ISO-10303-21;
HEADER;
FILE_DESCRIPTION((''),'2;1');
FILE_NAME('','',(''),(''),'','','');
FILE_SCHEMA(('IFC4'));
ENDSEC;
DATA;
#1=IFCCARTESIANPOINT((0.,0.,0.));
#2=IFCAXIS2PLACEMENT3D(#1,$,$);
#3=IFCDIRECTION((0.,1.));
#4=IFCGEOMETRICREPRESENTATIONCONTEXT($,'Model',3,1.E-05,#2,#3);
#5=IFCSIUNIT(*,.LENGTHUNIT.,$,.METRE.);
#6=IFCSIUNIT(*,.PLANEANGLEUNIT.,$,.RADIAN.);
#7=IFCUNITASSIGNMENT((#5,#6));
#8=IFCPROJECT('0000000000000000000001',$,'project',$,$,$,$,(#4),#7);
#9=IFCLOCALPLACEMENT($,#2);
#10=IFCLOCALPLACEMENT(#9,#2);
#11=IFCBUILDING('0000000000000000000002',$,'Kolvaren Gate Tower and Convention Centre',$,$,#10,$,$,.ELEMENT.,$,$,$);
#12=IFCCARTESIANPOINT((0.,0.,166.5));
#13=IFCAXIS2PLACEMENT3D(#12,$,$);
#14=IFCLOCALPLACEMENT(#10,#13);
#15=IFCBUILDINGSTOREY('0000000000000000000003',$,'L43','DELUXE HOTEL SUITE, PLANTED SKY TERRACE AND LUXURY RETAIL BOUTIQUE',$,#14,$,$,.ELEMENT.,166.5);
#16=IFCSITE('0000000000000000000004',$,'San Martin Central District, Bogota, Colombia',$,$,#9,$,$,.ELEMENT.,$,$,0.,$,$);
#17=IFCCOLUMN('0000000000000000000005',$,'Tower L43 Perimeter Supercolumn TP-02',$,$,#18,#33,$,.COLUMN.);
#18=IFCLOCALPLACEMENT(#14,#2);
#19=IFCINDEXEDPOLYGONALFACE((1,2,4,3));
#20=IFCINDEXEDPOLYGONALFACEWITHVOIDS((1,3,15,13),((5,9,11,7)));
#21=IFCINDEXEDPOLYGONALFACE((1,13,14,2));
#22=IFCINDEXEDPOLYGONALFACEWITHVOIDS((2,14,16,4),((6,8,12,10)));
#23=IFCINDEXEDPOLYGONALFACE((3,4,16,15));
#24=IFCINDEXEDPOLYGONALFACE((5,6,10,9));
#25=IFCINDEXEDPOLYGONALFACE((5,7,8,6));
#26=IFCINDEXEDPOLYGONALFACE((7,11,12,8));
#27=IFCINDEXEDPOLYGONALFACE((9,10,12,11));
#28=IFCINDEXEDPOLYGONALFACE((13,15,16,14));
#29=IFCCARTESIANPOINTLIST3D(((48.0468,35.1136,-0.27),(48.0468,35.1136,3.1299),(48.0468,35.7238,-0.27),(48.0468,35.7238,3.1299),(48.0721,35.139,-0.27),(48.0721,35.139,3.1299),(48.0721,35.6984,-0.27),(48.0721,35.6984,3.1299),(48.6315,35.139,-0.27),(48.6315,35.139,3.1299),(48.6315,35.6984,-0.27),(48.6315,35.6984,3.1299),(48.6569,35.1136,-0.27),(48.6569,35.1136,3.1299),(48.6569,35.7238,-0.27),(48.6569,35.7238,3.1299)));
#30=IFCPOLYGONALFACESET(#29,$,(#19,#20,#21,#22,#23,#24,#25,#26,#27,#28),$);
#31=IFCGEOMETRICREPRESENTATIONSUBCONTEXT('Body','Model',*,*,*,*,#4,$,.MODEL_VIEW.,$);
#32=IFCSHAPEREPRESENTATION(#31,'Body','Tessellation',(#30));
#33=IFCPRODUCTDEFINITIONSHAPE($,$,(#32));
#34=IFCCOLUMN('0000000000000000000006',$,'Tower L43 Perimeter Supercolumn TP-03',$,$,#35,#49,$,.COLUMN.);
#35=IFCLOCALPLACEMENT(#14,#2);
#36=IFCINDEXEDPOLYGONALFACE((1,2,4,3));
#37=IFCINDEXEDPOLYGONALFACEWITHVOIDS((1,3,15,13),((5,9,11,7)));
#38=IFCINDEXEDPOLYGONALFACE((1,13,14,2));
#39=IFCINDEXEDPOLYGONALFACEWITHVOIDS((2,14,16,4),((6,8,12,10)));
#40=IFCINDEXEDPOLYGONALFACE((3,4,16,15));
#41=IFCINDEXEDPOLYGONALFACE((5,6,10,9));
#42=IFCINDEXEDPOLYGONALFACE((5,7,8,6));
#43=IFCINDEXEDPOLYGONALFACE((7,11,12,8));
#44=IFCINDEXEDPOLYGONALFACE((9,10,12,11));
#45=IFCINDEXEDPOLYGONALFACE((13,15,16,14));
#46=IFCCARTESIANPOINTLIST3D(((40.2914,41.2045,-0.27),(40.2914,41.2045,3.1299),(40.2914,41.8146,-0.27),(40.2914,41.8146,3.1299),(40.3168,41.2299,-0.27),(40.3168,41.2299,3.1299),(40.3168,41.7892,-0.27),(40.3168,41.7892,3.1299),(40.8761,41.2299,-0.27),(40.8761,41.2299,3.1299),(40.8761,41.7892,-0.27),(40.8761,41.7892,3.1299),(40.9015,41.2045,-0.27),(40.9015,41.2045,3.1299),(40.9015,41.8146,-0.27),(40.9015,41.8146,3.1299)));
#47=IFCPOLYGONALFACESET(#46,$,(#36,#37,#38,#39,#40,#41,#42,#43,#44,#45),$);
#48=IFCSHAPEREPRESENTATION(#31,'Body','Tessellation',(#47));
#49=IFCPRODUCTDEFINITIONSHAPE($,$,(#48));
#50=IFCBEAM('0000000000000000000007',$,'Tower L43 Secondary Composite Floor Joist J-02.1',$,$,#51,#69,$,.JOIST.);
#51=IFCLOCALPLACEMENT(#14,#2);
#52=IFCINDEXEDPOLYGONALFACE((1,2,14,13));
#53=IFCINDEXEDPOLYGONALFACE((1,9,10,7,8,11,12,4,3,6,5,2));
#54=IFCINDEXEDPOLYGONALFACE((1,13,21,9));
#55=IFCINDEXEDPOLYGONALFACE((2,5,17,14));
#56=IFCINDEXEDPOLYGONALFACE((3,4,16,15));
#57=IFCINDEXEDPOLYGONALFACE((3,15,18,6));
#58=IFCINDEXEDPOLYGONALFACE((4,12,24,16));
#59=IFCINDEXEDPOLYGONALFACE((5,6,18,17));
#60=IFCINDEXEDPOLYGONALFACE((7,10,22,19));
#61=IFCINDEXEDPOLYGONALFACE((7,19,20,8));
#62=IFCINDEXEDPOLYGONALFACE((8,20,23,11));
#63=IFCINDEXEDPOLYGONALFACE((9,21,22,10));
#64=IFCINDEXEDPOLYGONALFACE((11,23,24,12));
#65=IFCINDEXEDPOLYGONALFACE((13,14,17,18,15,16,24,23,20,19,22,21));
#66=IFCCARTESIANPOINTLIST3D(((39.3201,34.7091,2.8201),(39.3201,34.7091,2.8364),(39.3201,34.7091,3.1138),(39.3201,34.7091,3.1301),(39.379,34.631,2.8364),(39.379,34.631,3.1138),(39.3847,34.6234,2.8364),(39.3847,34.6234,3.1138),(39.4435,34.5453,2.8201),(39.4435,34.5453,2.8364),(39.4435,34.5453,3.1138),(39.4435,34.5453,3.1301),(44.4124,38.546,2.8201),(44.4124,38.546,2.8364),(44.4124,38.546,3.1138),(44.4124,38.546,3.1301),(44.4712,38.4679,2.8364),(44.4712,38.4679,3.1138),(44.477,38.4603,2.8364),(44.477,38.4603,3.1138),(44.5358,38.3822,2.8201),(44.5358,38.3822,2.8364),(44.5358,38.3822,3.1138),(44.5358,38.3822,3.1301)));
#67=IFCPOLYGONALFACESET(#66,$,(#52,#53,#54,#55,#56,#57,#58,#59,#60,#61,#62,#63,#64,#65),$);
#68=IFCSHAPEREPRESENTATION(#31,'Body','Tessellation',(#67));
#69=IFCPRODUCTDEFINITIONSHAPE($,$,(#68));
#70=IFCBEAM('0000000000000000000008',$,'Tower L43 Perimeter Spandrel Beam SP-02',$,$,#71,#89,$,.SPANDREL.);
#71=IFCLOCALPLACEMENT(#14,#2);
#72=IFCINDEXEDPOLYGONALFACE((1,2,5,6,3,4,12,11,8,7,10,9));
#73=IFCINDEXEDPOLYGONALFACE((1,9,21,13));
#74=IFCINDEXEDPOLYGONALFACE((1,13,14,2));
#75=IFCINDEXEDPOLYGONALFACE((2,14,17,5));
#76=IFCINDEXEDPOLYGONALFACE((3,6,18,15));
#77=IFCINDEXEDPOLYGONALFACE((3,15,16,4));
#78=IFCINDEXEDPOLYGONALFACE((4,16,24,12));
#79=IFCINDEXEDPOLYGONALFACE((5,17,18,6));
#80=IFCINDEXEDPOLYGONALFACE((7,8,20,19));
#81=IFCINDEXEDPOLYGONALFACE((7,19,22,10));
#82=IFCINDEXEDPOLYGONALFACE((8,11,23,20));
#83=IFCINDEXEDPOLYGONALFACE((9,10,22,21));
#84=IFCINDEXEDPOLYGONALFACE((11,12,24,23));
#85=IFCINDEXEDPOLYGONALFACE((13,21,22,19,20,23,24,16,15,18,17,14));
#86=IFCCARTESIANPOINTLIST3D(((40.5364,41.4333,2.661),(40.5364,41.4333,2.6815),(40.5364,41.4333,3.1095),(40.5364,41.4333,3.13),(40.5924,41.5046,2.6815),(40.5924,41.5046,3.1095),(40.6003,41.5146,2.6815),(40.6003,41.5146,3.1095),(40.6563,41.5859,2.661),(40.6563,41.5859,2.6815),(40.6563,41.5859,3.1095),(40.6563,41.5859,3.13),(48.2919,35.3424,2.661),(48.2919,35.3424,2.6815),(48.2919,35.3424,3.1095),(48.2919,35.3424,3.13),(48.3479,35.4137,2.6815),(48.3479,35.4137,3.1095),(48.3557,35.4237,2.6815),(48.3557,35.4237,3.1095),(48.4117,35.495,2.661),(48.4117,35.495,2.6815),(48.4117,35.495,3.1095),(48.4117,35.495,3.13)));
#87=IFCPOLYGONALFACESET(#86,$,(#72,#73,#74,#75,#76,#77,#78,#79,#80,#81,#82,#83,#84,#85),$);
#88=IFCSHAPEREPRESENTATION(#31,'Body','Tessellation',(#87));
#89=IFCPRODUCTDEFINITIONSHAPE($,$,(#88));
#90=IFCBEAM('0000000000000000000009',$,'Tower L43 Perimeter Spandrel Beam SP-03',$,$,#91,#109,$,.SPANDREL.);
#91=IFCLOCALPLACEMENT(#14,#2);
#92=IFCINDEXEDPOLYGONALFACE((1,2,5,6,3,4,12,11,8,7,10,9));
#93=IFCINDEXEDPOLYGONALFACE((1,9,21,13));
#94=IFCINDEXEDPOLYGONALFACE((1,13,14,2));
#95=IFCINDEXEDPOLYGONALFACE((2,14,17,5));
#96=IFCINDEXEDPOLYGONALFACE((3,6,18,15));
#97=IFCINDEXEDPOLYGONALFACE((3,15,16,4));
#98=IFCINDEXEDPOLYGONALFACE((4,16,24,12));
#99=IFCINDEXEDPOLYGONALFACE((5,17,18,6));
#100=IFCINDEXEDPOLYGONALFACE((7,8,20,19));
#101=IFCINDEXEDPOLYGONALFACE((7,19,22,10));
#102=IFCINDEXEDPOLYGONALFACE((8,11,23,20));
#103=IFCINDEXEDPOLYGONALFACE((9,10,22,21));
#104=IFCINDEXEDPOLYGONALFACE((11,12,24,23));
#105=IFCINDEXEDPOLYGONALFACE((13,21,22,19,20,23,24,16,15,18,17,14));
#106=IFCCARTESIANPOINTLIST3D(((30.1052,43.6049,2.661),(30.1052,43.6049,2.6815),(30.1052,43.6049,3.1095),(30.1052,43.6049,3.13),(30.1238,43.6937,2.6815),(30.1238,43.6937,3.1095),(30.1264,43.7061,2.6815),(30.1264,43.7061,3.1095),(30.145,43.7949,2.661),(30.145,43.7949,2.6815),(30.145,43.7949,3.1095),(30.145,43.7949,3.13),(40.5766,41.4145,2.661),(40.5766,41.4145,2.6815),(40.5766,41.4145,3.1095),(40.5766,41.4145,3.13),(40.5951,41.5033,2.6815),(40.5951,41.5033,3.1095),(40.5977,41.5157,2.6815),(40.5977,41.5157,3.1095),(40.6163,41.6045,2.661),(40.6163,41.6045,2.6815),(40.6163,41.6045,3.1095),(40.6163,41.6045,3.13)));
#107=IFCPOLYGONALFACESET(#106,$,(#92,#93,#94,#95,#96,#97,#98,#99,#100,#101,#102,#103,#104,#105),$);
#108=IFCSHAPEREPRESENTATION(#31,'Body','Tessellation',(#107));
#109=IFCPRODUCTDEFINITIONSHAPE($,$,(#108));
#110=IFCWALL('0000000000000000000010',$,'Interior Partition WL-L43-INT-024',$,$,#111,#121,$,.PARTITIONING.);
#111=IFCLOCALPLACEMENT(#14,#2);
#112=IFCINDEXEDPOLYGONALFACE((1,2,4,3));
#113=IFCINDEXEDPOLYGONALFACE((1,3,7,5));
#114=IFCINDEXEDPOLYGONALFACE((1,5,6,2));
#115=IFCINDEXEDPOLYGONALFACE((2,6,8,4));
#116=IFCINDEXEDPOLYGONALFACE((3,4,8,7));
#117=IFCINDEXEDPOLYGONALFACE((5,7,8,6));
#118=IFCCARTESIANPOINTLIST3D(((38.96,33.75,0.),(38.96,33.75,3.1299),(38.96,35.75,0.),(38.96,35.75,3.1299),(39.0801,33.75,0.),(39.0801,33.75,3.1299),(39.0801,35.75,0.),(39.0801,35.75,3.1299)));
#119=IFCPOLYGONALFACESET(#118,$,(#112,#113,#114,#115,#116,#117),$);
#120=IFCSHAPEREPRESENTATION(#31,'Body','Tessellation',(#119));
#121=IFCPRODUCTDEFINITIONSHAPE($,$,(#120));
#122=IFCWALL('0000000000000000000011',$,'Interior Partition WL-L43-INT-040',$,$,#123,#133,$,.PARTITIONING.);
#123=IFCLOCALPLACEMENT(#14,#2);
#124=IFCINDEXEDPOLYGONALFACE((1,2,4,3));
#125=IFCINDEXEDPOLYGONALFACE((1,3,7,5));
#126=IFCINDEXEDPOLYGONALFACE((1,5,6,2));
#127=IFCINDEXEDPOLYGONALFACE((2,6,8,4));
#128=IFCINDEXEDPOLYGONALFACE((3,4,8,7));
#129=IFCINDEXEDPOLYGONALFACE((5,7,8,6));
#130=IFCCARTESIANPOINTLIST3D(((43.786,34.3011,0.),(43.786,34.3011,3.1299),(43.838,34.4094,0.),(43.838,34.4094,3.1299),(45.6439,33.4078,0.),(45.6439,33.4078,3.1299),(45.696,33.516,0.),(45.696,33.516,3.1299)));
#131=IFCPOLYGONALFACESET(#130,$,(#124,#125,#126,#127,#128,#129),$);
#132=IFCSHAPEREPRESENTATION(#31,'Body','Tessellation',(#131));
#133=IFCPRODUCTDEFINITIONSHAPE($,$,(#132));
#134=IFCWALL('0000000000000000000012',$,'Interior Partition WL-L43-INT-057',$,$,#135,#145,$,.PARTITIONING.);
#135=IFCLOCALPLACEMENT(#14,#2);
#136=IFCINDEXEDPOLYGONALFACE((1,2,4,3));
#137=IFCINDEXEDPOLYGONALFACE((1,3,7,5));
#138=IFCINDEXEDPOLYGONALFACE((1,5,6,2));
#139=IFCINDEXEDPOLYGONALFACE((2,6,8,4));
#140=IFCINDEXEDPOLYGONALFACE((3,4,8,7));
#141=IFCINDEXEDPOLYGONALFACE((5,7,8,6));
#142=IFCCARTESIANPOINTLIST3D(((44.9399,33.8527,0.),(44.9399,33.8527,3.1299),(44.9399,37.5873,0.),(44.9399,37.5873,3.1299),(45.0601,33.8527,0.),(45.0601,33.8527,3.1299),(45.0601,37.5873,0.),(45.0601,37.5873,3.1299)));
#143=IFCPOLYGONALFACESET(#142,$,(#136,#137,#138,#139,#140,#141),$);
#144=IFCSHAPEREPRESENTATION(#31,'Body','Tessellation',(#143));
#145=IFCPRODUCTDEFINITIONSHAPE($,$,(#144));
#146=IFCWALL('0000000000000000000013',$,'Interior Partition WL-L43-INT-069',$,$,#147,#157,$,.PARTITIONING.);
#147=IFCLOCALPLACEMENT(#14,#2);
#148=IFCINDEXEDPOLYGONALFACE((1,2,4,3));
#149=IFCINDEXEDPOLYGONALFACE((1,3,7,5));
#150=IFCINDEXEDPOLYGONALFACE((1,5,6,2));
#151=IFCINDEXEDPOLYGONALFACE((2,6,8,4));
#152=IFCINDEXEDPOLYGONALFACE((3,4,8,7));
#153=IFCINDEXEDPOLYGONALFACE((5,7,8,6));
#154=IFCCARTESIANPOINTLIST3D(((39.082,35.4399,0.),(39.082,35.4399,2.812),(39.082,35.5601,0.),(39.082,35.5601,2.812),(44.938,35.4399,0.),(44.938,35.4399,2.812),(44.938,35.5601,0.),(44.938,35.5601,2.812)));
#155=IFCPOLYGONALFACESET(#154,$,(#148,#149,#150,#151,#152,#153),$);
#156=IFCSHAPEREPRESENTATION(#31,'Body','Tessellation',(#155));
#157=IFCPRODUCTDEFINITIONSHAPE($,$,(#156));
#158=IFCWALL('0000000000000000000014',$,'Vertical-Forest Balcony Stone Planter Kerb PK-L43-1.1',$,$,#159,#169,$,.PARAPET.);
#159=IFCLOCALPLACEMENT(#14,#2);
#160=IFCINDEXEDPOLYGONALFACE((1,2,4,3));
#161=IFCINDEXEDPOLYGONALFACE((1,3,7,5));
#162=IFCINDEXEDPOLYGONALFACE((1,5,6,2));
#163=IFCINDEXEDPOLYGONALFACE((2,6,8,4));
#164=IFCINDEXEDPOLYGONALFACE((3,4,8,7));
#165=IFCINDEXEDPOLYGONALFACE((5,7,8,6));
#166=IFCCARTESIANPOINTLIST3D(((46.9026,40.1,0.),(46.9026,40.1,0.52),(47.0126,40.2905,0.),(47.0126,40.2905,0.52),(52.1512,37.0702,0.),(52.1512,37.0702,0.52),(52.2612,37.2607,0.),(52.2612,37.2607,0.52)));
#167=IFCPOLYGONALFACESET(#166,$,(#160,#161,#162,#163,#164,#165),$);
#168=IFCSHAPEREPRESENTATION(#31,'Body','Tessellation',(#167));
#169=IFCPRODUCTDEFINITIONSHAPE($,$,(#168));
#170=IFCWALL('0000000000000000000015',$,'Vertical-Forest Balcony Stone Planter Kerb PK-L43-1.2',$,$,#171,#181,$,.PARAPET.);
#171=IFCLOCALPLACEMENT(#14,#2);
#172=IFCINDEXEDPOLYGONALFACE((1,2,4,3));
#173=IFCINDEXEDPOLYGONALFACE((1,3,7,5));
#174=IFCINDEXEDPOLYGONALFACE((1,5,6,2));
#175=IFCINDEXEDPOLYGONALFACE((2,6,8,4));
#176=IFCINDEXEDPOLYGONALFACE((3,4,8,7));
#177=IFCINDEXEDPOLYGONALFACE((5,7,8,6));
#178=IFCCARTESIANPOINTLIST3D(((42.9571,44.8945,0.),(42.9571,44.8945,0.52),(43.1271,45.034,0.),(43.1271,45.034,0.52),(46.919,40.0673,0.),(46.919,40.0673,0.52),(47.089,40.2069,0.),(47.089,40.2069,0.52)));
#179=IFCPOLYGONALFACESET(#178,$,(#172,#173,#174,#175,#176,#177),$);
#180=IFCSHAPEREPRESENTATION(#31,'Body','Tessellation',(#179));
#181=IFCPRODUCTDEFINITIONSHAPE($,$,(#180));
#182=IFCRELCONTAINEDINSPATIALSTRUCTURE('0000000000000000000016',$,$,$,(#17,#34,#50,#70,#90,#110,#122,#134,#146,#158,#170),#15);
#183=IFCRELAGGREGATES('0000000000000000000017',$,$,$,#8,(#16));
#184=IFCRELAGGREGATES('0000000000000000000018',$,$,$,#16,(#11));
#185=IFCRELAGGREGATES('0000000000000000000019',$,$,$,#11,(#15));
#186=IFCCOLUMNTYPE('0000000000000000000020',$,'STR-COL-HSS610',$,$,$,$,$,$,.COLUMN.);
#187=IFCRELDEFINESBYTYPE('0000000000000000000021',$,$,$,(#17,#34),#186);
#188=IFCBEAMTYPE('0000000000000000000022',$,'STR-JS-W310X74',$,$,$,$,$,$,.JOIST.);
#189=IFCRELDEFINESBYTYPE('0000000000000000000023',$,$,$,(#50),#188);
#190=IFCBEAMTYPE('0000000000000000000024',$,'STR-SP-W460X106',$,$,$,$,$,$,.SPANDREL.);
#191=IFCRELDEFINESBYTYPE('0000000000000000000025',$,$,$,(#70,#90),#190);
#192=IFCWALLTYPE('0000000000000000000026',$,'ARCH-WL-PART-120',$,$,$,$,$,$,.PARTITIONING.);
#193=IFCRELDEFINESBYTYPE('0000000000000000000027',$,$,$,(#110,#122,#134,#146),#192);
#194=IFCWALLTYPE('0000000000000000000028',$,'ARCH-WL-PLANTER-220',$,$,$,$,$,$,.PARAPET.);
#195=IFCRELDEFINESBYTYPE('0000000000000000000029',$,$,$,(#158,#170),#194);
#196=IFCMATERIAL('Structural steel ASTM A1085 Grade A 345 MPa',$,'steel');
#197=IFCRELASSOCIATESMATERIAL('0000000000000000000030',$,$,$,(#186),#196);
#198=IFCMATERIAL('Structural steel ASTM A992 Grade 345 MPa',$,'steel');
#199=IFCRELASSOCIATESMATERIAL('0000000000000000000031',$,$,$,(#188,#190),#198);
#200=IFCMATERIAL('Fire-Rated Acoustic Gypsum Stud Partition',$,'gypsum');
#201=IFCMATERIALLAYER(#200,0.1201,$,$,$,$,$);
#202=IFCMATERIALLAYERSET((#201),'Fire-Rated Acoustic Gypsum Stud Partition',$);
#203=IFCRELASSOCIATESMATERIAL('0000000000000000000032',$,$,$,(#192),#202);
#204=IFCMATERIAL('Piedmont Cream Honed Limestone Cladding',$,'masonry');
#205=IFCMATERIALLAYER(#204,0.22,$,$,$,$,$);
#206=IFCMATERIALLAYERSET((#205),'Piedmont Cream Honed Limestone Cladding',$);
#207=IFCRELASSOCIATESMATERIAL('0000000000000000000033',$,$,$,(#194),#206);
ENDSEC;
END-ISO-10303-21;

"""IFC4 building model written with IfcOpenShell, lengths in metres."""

from ifc_helpers import new_model, si_unit, direction, frame, frame_2d, origin, origin_2d, place, context, subcontext, project, spatial, rectangle, hollow_rectangle, i_section, extrude, material, layer, layer_set, material_profile, profile_set, type_object, element, save


model = new_model("IFC4")

# Units and contexts
model_context = context("Model", 3, precision=1e-05, world=origin(), true_north=direction((0.0, 1.0)))
body_context = subcontext(model_context, "Body", "Model", "MODEL_VIEW")
ifc_project = project(units=[si_unit("LENGTHUNIT", "METRE"), si_unit("PLANEANGLEUNIT", "RADIAN")], contexts=[model_context])

# Site, building, storey
site_placement = place(None, origin())
site = spatial("IfcSite", under=ifc_project, at=site_placement, Name="San Martin Central District, Bogota, Colombia", CompositionType="ELEMENT", RefElevation=0.0)
building_placement = place(site_placement, origin())
building = spatial("IfcBuilding", under=site, at=building_placement, Name="Kolvaren Gate Tower and Convention Centre", CompositionType="ELEMENT")
storey_placement = place(building_placement, frame((0.0, 0.0, 166.5)))
storey = spatial("IfcBuildingStorey", under=building, at=storey_placement, Name="L43", Description="DELUXE HOTEL SUITE, PLANTED SKY TERRACE AND LUXURY RETAIL BOUTIQUE", CompositionType="ELEMENT", Elevation=166.5)

# Columns
ifc_material_1 = material(Name="Structural steel ASTM A1085 Grade A 345 MPa", Category="steel")
ifc_material_profile_1 = material_profile(ifc_material_1, hollow_rectangle(XDim=0.6101, YDim=0.6101, WallThickness=0.0254, at=origin_2d()), Name="HSS610X610X25.4")
ifc_profile_set_1 = profile_set([ifc_material_profile_1], Name="Structural steel ASTM A1085 Grade A 345 MPa")
column_type = type_object("IfcColumnType", Name="STR-COL-HSS610", PredefinedType="COLUMN", material=ifc_profile_set_1)
for number, where, z_axis, x_axis, name in (
    (1, (48.3518, 35.4187, -0.27), (0.0, 0.0, 1.0), (1.0, 0.0, 0.0), "Tower L43 Perimeter Supercolumn TP-02"),
    (2, (40.5964, 41.5095, -0.27), (0.0, 0.0, 1.0), (1.0, 0.0, 0.0), "Tower L43 Perimeter Supercolumn TP-03"),
):
    element("IfcColumn", number, at=place(storey_placement, frame(where, z_axis=z_axis, x_axis=x_axis)), inside=storey, type_object=column_type, Name=name, PredefinedType="COLUMN", context=body_context, shape_type="SweptSolid", body=[
        extrude(hollow_rectangle(XDim=0.6101, YDim=0.6101, WallThickness=0.0254, at=origin_2d()), origin(), (0.0, 0.0, 1.0), 3.3999),
    ])

# Beams
ifc_material_2 = material(Name="Structural steel ASTM A992 Grade 345 MPa", Category="steel")
ifc_material_profile_2 = material_profile(ifc_material_2, i_section(OverallWidth=0.2051, OverallDepth=0.3101, WebThickness=0.0095, FlangeThickness=0.0164, at=origin_2d()), Name="W310X74")
ifc_profile_set_2 = profile_set([ifc_material_profile_2], Name="Structural steel ASTM A992 Grade 345 MPa")
beam_type_1 = type_object("IfcBeamType", Name="STR-JS-W310X74", PredefinedType="JOIST", material=ifc_profile_set_2)
beam_1_placement = place(storey_placement, frame((39.3818, 34.6272, 2.9751), z_axis=(0.798666, 0.601775, 0.0), x_axis=(-0.601775, 0.798666, 0.0)))
element("IfcBeam", 3, at=beam_1_placement, inside=storey, type_object=beam_type_1, Name="Tower L43 Secondary Composite Floor Joist J-02.1", PredefinedType="JOIST", context=body_context, shape_type="SweptSolid", body=[
    extrude(i_section(OverallWidth=0.2051, OverallDepth=0.3101, WebThickness=0.0095, FlangeThickness=0.0164, at=origin_2d()), origin(), (0.0, 0.0, 1.0), 6.376),
])
ifc_material_profile_3 = material_profile(ifc_material_2, i_section(OverallWidth=0.1941, OverallDepth=0.469, WebThickness=0.0127, FlangeThickness=0.0205, at=origin_2d()), Name="W460X106")
ifc_profile_set_3 = profile_set([ifc_material_profile_3], Name="Structural steel ASTM A992 Grade 345 MPa")
beam_type_2 = type_object("IfcBeamType", Name="STR-SP-W460X106", PredefinedType="SPANDREL", material=ifc_profile_set_3)
beam_2_placement = place(storey_placement, frame((48.3518, 35.4187, 2.8955), z_axis=(-0.786451, 0.617653, 0.0), x_axis=(-0.617653, -0.786451, 0.0)))
element("IfcBeam", 4, at=beam_2_placement, inside=storey, type_object=beam_type_2, Name="Tower L43 Perimeter Spandrel Beam SP-02", PredefinedType="SPANDREL", context=body_context, shape_type="SweptSolid", body=[
    extrude(i_section(OverallWidth=0.1941, OverallDepth=0.469, WebThickness=0.0127, FlangeThickness=0.0205, at=origin_2d()), origin(), (0.0, 0.0, 1.0), 9.8613),
])
beam_3_placement = place(storey_placement, frame((40.5964, 41.5095, 2.8955), z_axis=(-0.978814, 0.20475, 0.0), x_axis=(-0.20475, -0.978814, 0.0)))
element("IfcBeam", 5, at=beam_3_placement, inside=storey, type_object=beam_type_2, Name="Tower L43 Perimeter Spandrel Beam SP-03", PredefinedType="SPANDREL", context=body_context, shape_type="SweptSolid", body=[
    extrude(i_section(OverallWidth=0.1941, OverallDepth=0.469, WebThickness=0.0127, FlangeThickness=0.0205, at=origin_2d()), origin(), (0.0, 0.0, 1.0), 10.698),
])

# Walls
ifc_material_3 = material(Name="Fire-Rated Acoustic Gypsum Stud Partition", Category="gypsum")
ifc_layer_1 = layer(ifc_material_3, 0.1201)
ifc_layer_set_1 = layer_set([ifc_layer_1], Name="Fire-Rated Acoustic Gypsum Stud Partition")
wall_type_1 = type_object("IfcWallType", Name="ARCH-WL-PART-120", PredefinedType="PARTITIONING", material=ifc_layer_set_1)
wall_1_placement = place(storey_placement, frame((39.02, 33.75, 0.0), z_axis=(0.0, 0.0, 1.0), x_axis=(0.0, 1.0, 0.0)))
element("IfcWall", 6, at=wall_1_placement, inside=storey, type_object=wall_type_1, Name="Interior Partition WL-L43-INT-024", PredefinedType="PARTITIONING", context=body_context, shape_type="SweptSolid", body=[
    extrude(rectangle(XDim=2.0, YDim=0.1201, at=frame_2d((1.0, 0.0))), origin(), (0.0, 0.0, 1.0), 3.1299),
])
wall_2_placement = place(storey_placement, frame((43.812, 34.3552, 0.0), z_axis=(0.0, 0.0, 1.0), x_axis=(0.901236, -0.433328, 0.0)))
element("IfcWall", 7, at=wall_2_placement, inside=storey, type_object=wall_type_1, Name="Interior Partition WL-L43-INT-040", PredefinedType="PARTITIONING", context=body_context, shape_type="SweptSolid", body=[
    extrude(rectangle(XDim=2.0615, YDim=0.1201, at=frame_2d((1.0308, 0.0))), origin(), (0.0, 0.0, 1.0), 3.1299),
])
wall_3_placement = place(storey_placement, frame((45.0, 33.8528, 0.0), z_axis=(0.0, 0.0, 1.0), x_axis=(0.0, 1.0, 0.0)))
element("IfcWall", 8, at=wall_3_placement, inside=storey, type_object=wall_type_1, Name="Interior Partition WL-L43-INT-057", PredefinedType="PARTITIONING", context=body_context, shape_type="SweptSolid", body=[
    extrude(rectangle(XDim=3.7346, YDim=0.1201, at=frame_2d((1.8672, 0.0))), origin(), (0.0, 0.0, 1.0), 3.1299),
])
wall_4_placement = place(storey_placement, frame((39.082, 35.5, 0.0), z_axis=(0.0, 0.0, 1.0), x_axis=(1.0, 0.0, 0.0)))
element("IfcWall", 9, at=wall_4_placement, inside=storey, type_object=wall_type_1, Name="Interior Partition WL-L43-INT-069", PredefinedType="PARTITIONING", context=body_context, shape_type="SweptSolid", body=[
    extrude(rectangle(XDim=5.856, YDim=0.1201, at=frame_2d((2.928, 0.0))), origin(), (0.0, 0.0, 1.0), 2.812),
])
ifc_material_4 = material(Name="Piedmont Cream Honed Limestone Cladding", Category="masonry")
ifc_layer_2 = layer(ifc_material_4, 0.22)
ifc_layer_set_2 = layer_set([ifc_layer_2], Name="Piedmont Cream Honed Limestone Cladding")
wall_type_2 = type_object("IfcWallType", Name="ARCH-WL-PLANTER-220", PredefinedType="PARAPET", material=ifc_layer_set_2)
wall_5_placement = place(storey_placement, frame((46.9575, 40.1953, 0.0), z_axis=(0.0, 0.0, 1.0), x_axis=(0.866058, -0.499943, 0.0)))
element("IfcWall", 10, at=wall_5_placement, inside=storey, type_object=wall_type_2, Name="Vertical-Forest Balcony Stone Planter Kerb PK-L43-1.1", PredefinedType="PARAPET", context=body_context, shape_type="SweptSolid", body=[
    extrude(rectangle(XDim=6.0603, YDim=0.22, at=frame_2d((3.0303, 0.0))), origin(), (0.0, 0.0, 1.0), 0.52),
])
wall_6_placement = place(storey_placement, frame((43.042, 44.9644, 0.0), z_axis=(0.0, 0.0, 1.0), x_axis=(0.634429, -0.772981, 0.0)))
element("IfcWall", 11, at=wall_6_placement, inside=storey, type_object=wall_type_2, Name="Vertical-Forest Balcony Stone Planter Kerb PK-L43-1.2", PredefinedType="PARAPET", context=body_context, shape_type="SweptSolid", body=[
    extrude(rectangle(XDim=6.2449, YDim=0.22, at=frame_2d((3.1226, 0.0))), origin(), (0.0, 0.0, 1.0), 0.52),
])

save(model, "model.ifc")
